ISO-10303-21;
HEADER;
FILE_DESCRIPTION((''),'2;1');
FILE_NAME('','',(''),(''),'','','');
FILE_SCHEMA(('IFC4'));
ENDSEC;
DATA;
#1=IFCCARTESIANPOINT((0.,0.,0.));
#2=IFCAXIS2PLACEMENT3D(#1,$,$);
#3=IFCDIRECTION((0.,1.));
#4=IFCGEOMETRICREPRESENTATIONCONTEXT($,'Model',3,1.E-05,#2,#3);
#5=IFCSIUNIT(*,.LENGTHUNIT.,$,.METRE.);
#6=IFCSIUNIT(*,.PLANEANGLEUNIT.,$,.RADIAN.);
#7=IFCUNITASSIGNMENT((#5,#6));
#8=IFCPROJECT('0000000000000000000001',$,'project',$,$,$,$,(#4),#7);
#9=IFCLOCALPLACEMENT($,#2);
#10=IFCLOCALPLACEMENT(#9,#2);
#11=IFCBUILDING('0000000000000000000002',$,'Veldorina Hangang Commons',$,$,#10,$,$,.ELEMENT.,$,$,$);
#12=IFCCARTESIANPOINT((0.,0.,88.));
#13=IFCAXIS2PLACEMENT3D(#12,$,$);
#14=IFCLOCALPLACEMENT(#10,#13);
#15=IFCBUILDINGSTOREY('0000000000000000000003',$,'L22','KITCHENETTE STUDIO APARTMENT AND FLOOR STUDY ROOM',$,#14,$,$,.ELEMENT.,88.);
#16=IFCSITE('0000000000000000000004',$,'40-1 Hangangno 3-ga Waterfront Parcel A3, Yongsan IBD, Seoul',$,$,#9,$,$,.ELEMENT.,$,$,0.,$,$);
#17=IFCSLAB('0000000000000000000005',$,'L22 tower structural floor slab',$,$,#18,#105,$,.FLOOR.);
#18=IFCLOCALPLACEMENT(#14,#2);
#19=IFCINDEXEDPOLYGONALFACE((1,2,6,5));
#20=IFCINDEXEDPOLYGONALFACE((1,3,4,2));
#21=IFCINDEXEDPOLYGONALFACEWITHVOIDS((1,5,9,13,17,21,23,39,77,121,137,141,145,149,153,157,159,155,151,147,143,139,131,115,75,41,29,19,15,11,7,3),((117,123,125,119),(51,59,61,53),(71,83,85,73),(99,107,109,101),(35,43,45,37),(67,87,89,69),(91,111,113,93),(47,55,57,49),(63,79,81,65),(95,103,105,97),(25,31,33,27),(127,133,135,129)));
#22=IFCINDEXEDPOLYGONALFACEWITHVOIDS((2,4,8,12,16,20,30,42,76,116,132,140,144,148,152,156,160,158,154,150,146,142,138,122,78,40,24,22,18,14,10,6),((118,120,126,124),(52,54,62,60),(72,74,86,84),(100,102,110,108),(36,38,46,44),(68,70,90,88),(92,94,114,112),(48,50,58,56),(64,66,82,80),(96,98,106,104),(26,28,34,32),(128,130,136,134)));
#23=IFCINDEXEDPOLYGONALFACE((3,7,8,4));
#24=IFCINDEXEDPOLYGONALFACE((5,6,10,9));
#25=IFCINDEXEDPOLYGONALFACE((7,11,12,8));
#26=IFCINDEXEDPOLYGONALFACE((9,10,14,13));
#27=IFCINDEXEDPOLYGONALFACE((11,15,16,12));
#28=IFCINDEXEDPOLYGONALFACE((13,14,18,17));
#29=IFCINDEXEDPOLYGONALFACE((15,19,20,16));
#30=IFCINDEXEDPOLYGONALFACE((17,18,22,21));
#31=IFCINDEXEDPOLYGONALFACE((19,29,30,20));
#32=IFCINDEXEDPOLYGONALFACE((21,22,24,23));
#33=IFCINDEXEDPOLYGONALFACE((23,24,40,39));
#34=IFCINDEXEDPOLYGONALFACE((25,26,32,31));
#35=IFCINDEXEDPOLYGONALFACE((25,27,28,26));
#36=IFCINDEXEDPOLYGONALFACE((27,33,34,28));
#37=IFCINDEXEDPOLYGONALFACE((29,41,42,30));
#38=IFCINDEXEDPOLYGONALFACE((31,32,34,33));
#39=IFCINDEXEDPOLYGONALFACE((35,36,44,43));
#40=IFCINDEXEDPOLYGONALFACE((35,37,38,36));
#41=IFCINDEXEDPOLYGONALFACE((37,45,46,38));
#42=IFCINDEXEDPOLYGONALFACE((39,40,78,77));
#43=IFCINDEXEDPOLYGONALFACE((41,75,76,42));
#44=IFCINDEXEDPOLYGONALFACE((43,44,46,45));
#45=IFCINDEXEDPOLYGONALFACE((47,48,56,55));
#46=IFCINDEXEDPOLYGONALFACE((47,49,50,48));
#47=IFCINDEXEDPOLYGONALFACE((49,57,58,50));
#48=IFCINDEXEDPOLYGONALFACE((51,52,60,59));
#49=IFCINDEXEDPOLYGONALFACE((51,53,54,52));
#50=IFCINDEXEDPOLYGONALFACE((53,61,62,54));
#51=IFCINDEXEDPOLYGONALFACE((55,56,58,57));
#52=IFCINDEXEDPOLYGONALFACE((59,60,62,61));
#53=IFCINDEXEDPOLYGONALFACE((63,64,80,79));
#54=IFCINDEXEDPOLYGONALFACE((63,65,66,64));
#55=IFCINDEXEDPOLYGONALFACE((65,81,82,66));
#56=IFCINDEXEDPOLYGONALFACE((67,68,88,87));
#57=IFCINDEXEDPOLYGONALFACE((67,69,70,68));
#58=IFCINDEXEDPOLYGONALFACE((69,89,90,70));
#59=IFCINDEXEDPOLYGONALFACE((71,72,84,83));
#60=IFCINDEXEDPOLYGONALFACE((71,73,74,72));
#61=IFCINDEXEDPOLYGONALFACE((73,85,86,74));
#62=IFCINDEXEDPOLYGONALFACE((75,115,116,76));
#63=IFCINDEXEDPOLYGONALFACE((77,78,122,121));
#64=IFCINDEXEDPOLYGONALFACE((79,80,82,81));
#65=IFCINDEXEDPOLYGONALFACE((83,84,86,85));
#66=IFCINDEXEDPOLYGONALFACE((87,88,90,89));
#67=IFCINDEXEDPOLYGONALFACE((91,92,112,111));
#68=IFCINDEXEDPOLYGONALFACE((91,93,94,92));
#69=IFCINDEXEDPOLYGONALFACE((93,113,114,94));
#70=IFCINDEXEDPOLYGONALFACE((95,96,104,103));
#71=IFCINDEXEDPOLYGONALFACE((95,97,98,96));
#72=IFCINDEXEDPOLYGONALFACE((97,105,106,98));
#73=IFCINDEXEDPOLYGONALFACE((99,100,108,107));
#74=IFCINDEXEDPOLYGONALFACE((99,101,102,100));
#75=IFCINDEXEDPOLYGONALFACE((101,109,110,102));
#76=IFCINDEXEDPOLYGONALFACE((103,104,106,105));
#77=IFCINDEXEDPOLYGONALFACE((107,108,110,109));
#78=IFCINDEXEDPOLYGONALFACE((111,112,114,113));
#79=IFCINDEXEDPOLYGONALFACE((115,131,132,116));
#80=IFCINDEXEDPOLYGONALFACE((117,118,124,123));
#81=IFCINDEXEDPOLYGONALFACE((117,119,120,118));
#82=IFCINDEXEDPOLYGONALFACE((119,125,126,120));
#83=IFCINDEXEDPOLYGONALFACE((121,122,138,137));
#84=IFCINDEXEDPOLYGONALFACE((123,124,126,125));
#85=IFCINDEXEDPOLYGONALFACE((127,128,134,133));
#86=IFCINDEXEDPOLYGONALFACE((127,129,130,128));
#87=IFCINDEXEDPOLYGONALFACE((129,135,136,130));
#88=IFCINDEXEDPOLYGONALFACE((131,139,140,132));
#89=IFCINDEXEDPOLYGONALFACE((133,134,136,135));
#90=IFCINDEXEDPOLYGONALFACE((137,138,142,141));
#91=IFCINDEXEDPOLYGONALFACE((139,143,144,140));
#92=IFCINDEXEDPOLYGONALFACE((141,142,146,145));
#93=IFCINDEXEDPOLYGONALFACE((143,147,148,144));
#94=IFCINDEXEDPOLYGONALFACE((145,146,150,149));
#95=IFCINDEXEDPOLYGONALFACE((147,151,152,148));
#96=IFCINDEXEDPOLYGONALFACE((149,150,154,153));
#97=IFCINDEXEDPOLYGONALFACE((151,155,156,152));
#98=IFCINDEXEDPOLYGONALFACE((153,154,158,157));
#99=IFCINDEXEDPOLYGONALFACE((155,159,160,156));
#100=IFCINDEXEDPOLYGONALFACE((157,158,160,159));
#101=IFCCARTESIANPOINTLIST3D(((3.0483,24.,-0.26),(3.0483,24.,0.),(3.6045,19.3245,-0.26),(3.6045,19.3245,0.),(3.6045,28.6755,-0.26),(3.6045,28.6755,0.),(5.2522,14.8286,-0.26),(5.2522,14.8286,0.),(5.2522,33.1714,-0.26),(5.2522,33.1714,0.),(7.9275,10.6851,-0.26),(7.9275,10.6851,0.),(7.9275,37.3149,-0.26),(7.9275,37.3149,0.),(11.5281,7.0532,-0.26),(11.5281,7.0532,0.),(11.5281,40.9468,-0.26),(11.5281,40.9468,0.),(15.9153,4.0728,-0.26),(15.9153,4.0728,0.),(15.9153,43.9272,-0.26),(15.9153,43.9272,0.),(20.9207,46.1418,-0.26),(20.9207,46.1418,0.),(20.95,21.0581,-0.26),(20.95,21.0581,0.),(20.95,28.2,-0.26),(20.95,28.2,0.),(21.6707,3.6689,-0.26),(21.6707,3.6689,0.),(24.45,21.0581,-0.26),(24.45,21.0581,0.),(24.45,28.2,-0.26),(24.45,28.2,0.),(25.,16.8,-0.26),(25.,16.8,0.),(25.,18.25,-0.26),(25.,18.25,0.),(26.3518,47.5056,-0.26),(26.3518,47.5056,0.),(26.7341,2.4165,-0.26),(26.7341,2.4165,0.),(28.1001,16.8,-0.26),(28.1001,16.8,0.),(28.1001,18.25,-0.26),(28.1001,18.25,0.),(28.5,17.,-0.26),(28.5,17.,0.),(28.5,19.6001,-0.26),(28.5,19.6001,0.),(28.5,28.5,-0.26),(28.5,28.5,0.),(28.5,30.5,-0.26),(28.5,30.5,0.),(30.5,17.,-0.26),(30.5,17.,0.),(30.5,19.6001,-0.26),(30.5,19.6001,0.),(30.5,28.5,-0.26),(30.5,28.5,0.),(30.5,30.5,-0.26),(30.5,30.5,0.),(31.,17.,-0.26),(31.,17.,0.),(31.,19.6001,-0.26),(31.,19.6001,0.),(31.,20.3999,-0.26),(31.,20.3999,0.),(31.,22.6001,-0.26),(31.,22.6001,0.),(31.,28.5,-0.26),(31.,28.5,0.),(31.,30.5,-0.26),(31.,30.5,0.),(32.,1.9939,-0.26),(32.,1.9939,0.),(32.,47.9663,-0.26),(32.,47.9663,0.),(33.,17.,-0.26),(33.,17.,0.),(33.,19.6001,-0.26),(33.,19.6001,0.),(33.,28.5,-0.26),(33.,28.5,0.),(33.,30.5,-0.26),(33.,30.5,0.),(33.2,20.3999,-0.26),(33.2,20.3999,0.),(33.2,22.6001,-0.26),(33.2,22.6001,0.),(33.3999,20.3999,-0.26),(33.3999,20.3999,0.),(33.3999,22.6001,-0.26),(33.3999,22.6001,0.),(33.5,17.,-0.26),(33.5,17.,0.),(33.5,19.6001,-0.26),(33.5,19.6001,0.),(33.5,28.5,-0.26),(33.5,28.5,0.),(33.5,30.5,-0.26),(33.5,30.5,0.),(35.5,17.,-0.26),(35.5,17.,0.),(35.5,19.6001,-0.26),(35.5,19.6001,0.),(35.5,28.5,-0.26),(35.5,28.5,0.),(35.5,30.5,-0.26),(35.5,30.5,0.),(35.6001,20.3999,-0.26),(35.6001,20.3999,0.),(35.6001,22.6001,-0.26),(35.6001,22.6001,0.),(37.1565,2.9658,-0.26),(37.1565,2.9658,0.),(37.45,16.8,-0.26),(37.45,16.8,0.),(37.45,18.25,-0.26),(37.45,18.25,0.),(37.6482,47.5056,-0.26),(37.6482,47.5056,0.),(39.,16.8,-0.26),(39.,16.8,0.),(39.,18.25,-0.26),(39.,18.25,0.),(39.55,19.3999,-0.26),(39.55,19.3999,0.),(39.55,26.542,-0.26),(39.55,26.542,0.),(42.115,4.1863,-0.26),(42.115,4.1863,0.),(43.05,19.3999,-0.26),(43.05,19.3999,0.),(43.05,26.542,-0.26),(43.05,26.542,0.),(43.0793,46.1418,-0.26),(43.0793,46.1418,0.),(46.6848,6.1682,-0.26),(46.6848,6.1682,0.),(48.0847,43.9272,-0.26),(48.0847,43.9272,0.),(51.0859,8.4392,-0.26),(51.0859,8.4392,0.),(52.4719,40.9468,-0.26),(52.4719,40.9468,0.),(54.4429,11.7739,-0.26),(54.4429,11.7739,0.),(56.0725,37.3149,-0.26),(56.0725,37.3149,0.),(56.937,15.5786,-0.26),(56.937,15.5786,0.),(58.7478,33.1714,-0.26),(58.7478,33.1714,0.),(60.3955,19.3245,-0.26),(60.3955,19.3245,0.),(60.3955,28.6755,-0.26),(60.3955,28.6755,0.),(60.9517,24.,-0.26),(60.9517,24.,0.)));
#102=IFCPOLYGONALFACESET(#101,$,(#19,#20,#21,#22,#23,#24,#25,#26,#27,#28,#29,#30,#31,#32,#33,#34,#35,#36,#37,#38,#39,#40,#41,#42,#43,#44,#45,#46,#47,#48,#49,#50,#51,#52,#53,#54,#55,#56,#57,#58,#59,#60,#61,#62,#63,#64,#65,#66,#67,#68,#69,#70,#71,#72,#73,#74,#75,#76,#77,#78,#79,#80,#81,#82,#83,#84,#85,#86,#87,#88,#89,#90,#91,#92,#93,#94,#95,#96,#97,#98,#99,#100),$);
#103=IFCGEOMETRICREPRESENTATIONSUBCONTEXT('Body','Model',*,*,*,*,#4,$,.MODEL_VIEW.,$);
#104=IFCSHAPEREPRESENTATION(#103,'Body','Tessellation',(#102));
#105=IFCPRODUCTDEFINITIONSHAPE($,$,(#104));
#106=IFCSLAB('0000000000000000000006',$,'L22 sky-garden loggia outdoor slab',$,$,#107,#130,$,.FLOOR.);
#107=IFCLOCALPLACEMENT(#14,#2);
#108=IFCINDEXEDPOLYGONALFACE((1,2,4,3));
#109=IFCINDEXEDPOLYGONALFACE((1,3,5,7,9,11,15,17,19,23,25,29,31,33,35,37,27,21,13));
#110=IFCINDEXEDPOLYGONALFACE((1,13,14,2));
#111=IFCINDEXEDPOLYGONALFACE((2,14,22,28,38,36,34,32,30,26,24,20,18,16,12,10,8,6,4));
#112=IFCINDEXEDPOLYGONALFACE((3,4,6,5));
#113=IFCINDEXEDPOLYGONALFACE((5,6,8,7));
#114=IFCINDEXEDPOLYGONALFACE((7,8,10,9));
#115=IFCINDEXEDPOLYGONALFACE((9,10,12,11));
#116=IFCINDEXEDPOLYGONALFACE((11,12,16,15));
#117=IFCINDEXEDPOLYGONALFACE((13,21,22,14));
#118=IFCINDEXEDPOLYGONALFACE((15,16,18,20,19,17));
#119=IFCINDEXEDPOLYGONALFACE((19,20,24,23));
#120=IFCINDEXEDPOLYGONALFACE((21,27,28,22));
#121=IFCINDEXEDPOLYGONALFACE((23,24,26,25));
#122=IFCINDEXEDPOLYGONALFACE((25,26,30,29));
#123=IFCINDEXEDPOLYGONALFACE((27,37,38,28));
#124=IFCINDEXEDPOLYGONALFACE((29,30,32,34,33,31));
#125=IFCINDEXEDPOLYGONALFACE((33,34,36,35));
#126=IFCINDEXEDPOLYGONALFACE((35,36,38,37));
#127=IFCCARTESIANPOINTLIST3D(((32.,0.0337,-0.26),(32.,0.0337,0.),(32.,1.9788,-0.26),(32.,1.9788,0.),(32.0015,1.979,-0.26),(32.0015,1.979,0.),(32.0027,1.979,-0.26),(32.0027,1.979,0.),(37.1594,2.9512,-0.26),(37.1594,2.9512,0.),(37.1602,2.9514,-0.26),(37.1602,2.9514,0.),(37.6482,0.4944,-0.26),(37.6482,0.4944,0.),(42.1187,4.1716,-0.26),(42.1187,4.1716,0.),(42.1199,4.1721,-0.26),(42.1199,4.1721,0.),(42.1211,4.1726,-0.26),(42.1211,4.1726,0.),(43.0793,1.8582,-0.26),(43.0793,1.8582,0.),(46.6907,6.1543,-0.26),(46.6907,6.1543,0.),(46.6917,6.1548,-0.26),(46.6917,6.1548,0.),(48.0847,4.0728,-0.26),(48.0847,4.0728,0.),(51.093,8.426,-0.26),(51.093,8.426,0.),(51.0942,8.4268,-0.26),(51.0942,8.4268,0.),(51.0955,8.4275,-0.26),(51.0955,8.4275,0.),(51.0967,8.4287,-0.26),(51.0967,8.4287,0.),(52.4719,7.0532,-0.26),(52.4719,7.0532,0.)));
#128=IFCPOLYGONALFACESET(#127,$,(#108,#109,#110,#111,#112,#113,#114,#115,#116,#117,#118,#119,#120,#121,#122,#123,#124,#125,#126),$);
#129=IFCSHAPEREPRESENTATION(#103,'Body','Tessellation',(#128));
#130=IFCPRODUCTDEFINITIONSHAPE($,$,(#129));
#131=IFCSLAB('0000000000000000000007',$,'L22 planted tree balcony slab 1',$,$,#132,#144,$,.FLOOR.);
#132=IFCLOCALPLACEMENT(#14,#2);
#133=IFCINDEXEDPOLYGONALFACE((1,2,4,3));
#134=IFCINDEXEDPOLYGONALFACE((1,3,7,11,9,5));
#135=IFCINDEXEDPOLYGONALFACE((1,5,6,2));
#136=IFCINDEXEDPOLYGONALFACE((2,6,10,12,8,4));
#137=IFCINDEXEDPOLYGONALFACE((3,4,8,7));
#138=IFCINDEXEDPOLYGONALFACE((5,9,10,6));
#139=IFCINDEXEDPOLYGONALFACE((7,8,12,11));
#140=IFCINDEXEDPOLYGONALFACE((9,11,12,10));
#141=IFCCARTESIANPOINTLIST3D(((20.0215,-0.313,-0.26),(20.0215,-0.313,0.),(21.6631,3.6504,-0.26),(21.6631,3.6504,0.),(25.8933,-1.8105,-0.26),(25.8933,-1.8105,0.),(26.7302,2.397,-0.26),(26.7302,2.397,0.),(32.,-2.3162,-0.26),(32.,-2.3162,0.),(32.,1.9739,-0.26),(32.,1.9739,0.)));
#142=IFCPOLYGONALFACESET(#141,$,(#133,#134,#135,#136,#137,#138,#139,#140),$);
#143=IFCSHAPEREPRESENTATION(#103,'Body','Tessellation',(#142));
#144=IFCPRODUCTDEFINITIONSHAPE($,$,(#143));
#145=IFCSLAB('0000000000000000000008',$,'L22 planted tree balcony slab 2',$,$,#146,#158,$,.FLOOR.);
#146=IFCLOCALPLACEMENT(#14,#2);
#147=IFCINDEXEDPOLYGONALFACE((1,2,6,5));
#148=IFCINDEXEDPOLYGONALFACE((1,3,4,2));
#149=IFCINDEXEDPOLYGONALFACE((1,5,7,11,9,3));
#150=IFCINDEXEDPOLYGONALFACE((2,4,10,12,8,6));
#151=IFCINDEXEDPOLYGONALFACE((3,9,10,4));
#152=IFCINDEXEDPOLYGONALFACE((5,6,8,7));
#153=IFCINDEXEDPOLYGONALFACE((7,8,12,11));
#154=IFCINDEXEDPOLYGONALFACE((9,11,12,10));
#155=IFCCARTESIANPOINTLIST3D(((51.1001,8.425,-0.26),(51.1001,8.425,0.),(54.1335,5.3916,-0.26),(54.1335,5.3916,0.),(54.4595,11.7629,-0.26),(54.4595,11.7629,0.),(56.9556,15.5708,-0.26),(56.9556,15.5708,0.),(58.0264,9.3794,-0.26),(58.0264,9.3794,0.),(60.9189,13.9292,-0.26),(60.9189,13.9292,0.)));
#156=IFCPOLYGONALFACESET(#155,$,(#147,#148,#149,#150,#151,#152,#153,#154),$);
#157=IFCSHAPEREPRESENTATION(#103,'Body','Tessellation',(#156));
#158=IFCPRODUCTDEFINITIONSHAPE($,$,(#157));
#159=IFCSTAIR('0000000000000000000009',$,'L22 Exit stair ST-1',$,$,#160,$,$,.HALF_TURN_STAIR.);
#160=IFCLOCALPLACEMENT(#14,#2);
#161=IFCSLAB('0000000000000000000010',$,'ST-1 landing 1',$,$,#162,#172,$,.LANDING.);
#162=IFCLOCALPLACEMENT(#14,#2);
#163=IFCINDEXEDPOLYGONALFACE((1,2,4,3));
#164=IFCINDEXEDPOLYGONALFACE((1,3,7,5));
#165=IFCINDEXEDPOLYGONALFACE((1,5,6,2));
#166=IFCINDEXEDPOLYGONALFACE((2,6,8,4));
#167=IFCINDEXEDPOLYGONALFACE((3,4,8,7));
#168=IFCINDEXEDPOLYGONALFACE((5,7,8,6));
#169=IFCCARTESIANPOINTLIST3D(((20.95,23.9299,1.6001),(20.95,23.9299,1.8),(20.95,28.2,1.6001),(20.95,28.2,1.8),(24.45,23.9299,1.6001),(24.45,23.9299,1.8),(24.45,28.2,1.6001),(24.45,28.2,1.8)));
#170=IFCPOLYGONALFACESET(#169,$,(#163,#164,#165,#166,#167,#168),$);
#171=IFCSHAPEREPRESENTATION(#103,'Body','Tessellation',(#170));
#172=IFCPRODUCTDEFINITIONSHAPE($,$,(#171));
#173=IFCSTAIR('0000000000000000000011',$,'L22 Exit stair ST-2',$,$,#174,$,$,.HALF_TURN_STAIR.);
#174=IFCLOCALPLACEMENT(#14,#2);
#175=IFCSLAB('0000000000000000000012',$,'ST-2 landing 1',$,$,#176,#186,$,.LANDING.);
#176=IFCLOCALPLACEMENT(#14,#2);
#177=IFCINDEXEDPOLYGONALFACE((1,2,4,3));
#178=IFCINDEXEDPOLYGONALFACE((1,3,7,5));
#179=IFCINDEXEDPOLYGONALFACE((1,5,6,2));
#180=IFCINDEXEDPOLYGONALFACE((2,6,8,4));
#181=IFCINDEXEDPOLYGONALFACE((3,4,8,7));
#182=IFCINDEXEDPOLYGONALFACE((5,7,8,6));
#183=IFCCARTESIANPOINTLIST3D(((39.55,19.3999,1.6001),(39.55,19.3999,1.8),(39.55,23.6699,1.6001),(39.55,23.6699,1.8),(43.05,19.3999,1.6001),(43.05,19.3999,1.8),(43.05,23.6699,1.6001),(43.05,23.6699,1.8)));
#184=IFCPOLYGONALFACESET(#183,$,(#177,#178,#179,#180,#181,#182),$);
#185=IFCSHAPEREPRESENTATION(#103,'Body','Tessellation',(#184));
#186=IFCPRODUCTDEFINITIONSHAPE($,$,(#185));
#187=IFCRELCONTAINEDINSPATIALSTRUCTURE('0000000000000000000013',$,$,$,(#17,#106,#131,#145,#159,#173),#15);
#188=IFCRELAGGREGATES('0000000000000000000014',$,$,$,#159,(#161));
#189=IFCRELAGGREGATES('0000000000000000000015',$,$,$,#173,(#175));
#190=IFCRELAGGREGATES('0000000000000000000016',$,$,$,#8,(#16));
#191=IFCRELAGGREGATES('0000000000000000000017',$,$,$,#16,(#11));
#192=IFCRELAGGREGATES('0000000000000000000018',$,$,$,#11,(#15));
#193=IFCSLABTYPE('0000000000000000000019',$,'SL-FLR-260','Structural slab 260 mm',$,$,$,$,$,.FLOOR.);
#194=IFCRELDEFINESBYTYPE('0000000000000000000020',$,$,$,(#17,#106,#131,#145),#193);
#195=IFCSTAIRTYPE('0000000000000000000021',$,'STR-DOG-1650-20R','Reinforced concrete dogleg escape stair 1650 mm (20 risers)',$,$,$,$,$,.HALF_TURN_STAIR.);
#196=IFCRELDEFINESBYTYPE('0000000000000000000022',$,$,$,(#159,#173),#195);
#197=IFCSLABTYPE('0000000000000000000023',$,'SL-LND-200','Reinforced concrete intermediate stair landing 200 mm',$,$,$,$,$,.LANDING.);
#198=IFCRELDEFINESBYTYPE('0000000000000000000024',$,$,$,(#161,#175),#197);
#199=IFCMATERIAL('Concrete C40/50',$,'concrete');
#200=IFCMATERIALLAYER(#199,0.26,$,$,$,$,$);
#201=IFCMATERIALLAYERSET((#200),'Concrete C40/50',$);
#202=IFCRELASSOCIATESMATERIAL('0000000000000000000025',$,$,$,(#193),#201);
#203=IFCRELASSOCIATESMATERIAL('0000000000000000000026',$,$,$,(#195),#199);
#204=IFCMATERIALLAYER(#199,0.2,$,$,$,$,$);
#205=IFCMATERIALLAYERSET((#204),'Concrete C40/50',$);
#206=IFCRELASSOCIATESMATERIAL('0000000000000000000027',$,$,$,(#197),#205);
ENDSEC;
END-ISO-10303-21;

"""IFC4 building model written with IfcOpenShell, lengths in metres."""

from ifc_helpers import new_model, si_unit, direction, frame, origin, place, context, subcontext, project, spatial, polyline, outline, extrude, material, layer, layer_set, type_object, element, aggregate, save


model = new_model("IFC4")

# Units and contexts
model_context = context("Model", 3, precision=1e-05, world=origin(), true_north=direction((0.0, 1.0)))
body_context = subcontext(model_context, "Body", "Model", "MODEL_VIEW")
ifc_project = project(units=[si_unit("LENGTHUNIT", "METRE"), si_unit("PLANEANGLEUNIT", "RADIAN")], contexts=[model_context])

# Site, building, storey
site_placement = place(None, origin())
site = spatial("IfcSite", under=ifc_project, at=site_placement, Name="40-1 Hangangno 3-ga Waterfront Parcel A3, Yongsan IBD, Seoul", CompositionType="ELEMENT", RefElevation=0.0)
building_placement = place(site_placement, origin())
building = spatial("IfcBuilding", under=site, at=building_placement, Name="Veldorina Hangang Commons", CompositionType="ELEMENT")
storey_placement = place(building_placement, frame((0.0, 0.0, 88.0)))
storey = spatial("IfcBuildingStorey", under=building, at=storey_placement, Name="L22", Description="KITCHENETTE STUDIO APARTMENT AND FLOOR STUDY ROOM", CompositionType="ELEMENT", Elevation=88.0)

# Slabs
ifc_material_1 = material(Name="Concrete C40/50", Category="concrete")
ifc_layer_1 = layer(ifc_material_1, 0.26)
ifc_layer_set_1 = layer_set([ifc_layer_1], Name="Concrete C40/50")
slab_type_1 = type_object("IfcSlabType", Name="SL-FLR-260", Description="Structural slab 260 mm", PredefinedType="FLOOR", material=ifc_layer_set_1)
slab_1_placement = place(storey_placement, frame((0.0, 0.0, -0.26)))
element("IfcSlab", 1, at=slab_1_placement, inside=storey, type_object=slab_type_1, Name="L22 tower structural floor slab", PredefinedType="FLOOR", context=body_context, shape_type="SweptSolid", body=[
    extrude(outline(polyline([(60.9517, 24.0), (60.3955, 28.6755), (58.7478, 33.1714), (56.0725, 37.3149), (52.4719, 40.9468), (48.0847, 43.9272), (43.0793, 46.1418), (37.6482, 47.5056), (32.0, 47.9663), (26.3518, 47.5056), (20.9207, 46.1418), (15.9153, 43.9272), (11.5281, 40.9468), (7.9275, 37.3149), (5.2522, 33.1714), (3.6045, 28.6755), (3.0483, 24.0), (3.6045, 19.3245), (5.2522, 14.8286), (7.9275, 10.6851), (11.5281, 7.0532), (15.9153, 4.0728), (21.6707, 3.6689), (26.7341, 2.4165), (32.0, 1.9939), (37.1565, 2.9658), (42.115, 4.1863), (46.6848, 6.1682), (51.0859, 8.4392), (54.4429, 11.7739), (56.937, 15.5786), (60.3955, 19.3245), (60.9517, 24.0)]), holes=[polyline([(20.95, 21.0581), (20.95, 28.2), (24.45, 28.2), (24.45, 21.0581), (20.95, 21.0581)]), polyline([(43.05, 26.542), (43.05, 19.3999), (39.55, 19.3999), (39.55, 26.542), (43.05, 26.542)]), polyline([(28.5, 30.5), (30.5, 30.5), (30.5, 28.5), (28.5, 28.5), (28.5, 30.5)]), polyline([(31.0, 30.5), (33.0, 30.5), (33.0, 28.5), (31.0, 28.5), (31.0, 30.5)]), polyline([(33.5, 30.5), (35.5, 30.5), (35.5, 28.5), (33.5, 28.5), (33.5, 30.5)]), polyline([(31.0, 22.6001), (33.2, 22.6001), (33.2, 20.3999), (31.0, 20.3999), (31.0, 22.6001)]), polyline([(33.3999, 22.6001), (35.6001, 22.6001), (35.6001, 20.3999), (33.3999, 20.3999), (33.3999, 22.6001)]), polyline([(28.5, 19.6001), (30.5, 19.6001), (30.5, 17.0), (28.5, 17.0), (28.5, 19.6001)]), polyline([(31.0, 19.6001), (33.0, 19.6001), (33.0, 17.0), (31.0, 17.0), (31.0, 19.6001)]), polyline([(33.5, 19.6001), (35.5, 19.6001), (35.5, 17.0), (33.5, 17.0), (33.5, 19.6001)]), polyline([(25.0, 18.25), (28.1001, 18.25), (28.1001, 16.8), (25.0, 16.8), (25.0, 18.25)]), polyline([(37.45, 18.25), (39.0, 18.25), (39.0, 16.8), (37.45, 16.8), (37.45, 18.25)])]), origin(), (0.0, 0.0, 1.0), 0.26),
])
slab_2_placement = place(storey_placement, frame((0.0, 0.0, -0.26)))
element("IfcSlab", 2, at=slab_2_placement, inside=storey, type_object=slab_type_1, Name="L22 sky-garden loggia outdoor slab", PredefinedType="FLOOR", context=body_context, shape_type="SweptSolid", body=[
    extrude(outline(polyline([(52.4719, 7.0532), (48.0847, 4.0728), (43.0793, 1.8582), (37.6482, 0.4944), (32.0, 0.0337), (32.0, 1.9788), (32.0, 1.9788), (32.0015, 1.979), (32.0027, 1.979), (37.1594, 2.9512), (37.1602, 2.9514), (42.1187, 4.1716), (42.1199, 4.1721), (42.1211, 4.1726), (46.6907, 6.1543), (46.6917, 6.1548), (51.093, 8.426), (51.0942, 8.4268), (51.0955, 8.4275), (51.0967, 8.4287), (51.0967, 8.4287), (52.4719, 7.0532)])), origin(), (0.0, 0.0, 1.0), 0.26),
])
slab_3_placement = place(storey_placement, frame((0.0, 0.0, -0.26)))
element("IfcSlab", 3, at=slab_3_placement, inside=storey, type_object=slab_type_1, Name="L22 planted tree balcony slab 1", PredefinedType="FLOOR", context=body_context, shape_type="SweptSolid", body=[
    extrude(outline(polyline([(26.7302, 2.397), (32.0, 1.9739), (32.0, -2.3162), (25.8933, -1.8105), (20.0215, -0.313), (21.6631, 3.6504), (26.7302, 2.397)])), origin(), (0.0, 0.0, 1.0), 0.26),
])
slab_4_placement = place(storey_placement, frame((0.0, 0.0, -0.26)))
element("IfcSlab", 4, at=slab_4_placement, inside=storey, type_object=slab_type_1, Name="L22 planted tree balcony slab 2", PredefinedType="FLOOR", context=body_context, shape_type="SweptSolid", body=[
    extrude(outline(polyline([(54.4595, 11.7629), (56.9556, 15.5708), (60.9189, 13.9292), (58.0264, 9.3794), (54.1335, 5.3916), (51.1001, 8.425), (54.4595, 11.7629)])), origin(), (0.0, 0.0, 1.0), 0.26),
])

# Stairs, slabs
stair_type = type_object("IfcStairType", Name="STR-DOG-1650-20R", Description="Reinforced concrete dogleg escape stair 1650 mm (20 risers)", PredefinedType="HALF_TURN_STAIR", material=ifc_material_1)
stair_1_placement = place(storey_placement, origin())
stair_1 = element("IfcStair", 5, at=stair_1_placement, inside=storey, type_object=stair_type, Name="L22 Exit stair ST-1", PredefinedType="HALF_TURN_STAIR")
ifc_layer_2 = layer(ifc_material_1, 0.2)
ifc_layer_set_2 = layer_set([ifc_layer_2], Name="Concrete C40/50")
slab_type_2 = type_object("IfcSlabType", Name="SL-LND-200", Description="Reinforced concrete intermediate stair landing 200 mm", PredefinedType="LANDING", material=ifc_layer_set_2)
slab_5_placement = place(storey_placement, frame((0.0, 0.0, 1.6001)))
slab_5 = element("IfcSlab", 6, at=slab_5_placement, type_object=slab_type_2, Name="ST-1 landing 1", PredefinedType="LANDING", context=body_context, shape_type="SweptSolid", body=[
    extrude(outline(polyline([(24.45, 23.9299), (24.45, 28.2), (20.95, 28.2), (20.95, 23.9299), (24.45, 23.9299)])), origin(), (0.0, 0.0, 1.0), 0.2),
])
aggregate(stair_1, [slab_5])
stair_2_placement = place(storey_placement, origin())
stair_2 = element("IfcStair", 7, at=stair_2_placement, inside=storey, type_object=stair_type, Name="L22 Exit stair ST-2", PredefinedType="HALF_TURN_STAIR")
slab_6_placement = place(storey_placement, frame((0.0, 0.0, 1.6001)))
slab_6 = element("IfcSlab", 8, at=slab_6_placement, type_object=slab_type_2, Name="ST-2 landing 1", PredefinedType="LANDING", context=body_context, shape_type="SweptSolid", body=[
    extrude(outline(polyline([(39.55, 23.6699), (39.55, 19.3999), (43.05, 19.3999), (43.05, 23.6699), (39.55, 23.6699)])), origin(), (0.0, 0.0, 1.0), 0.2),
])
aggregate(stair_2, [slab_6])

save(model, "model.ifc")
